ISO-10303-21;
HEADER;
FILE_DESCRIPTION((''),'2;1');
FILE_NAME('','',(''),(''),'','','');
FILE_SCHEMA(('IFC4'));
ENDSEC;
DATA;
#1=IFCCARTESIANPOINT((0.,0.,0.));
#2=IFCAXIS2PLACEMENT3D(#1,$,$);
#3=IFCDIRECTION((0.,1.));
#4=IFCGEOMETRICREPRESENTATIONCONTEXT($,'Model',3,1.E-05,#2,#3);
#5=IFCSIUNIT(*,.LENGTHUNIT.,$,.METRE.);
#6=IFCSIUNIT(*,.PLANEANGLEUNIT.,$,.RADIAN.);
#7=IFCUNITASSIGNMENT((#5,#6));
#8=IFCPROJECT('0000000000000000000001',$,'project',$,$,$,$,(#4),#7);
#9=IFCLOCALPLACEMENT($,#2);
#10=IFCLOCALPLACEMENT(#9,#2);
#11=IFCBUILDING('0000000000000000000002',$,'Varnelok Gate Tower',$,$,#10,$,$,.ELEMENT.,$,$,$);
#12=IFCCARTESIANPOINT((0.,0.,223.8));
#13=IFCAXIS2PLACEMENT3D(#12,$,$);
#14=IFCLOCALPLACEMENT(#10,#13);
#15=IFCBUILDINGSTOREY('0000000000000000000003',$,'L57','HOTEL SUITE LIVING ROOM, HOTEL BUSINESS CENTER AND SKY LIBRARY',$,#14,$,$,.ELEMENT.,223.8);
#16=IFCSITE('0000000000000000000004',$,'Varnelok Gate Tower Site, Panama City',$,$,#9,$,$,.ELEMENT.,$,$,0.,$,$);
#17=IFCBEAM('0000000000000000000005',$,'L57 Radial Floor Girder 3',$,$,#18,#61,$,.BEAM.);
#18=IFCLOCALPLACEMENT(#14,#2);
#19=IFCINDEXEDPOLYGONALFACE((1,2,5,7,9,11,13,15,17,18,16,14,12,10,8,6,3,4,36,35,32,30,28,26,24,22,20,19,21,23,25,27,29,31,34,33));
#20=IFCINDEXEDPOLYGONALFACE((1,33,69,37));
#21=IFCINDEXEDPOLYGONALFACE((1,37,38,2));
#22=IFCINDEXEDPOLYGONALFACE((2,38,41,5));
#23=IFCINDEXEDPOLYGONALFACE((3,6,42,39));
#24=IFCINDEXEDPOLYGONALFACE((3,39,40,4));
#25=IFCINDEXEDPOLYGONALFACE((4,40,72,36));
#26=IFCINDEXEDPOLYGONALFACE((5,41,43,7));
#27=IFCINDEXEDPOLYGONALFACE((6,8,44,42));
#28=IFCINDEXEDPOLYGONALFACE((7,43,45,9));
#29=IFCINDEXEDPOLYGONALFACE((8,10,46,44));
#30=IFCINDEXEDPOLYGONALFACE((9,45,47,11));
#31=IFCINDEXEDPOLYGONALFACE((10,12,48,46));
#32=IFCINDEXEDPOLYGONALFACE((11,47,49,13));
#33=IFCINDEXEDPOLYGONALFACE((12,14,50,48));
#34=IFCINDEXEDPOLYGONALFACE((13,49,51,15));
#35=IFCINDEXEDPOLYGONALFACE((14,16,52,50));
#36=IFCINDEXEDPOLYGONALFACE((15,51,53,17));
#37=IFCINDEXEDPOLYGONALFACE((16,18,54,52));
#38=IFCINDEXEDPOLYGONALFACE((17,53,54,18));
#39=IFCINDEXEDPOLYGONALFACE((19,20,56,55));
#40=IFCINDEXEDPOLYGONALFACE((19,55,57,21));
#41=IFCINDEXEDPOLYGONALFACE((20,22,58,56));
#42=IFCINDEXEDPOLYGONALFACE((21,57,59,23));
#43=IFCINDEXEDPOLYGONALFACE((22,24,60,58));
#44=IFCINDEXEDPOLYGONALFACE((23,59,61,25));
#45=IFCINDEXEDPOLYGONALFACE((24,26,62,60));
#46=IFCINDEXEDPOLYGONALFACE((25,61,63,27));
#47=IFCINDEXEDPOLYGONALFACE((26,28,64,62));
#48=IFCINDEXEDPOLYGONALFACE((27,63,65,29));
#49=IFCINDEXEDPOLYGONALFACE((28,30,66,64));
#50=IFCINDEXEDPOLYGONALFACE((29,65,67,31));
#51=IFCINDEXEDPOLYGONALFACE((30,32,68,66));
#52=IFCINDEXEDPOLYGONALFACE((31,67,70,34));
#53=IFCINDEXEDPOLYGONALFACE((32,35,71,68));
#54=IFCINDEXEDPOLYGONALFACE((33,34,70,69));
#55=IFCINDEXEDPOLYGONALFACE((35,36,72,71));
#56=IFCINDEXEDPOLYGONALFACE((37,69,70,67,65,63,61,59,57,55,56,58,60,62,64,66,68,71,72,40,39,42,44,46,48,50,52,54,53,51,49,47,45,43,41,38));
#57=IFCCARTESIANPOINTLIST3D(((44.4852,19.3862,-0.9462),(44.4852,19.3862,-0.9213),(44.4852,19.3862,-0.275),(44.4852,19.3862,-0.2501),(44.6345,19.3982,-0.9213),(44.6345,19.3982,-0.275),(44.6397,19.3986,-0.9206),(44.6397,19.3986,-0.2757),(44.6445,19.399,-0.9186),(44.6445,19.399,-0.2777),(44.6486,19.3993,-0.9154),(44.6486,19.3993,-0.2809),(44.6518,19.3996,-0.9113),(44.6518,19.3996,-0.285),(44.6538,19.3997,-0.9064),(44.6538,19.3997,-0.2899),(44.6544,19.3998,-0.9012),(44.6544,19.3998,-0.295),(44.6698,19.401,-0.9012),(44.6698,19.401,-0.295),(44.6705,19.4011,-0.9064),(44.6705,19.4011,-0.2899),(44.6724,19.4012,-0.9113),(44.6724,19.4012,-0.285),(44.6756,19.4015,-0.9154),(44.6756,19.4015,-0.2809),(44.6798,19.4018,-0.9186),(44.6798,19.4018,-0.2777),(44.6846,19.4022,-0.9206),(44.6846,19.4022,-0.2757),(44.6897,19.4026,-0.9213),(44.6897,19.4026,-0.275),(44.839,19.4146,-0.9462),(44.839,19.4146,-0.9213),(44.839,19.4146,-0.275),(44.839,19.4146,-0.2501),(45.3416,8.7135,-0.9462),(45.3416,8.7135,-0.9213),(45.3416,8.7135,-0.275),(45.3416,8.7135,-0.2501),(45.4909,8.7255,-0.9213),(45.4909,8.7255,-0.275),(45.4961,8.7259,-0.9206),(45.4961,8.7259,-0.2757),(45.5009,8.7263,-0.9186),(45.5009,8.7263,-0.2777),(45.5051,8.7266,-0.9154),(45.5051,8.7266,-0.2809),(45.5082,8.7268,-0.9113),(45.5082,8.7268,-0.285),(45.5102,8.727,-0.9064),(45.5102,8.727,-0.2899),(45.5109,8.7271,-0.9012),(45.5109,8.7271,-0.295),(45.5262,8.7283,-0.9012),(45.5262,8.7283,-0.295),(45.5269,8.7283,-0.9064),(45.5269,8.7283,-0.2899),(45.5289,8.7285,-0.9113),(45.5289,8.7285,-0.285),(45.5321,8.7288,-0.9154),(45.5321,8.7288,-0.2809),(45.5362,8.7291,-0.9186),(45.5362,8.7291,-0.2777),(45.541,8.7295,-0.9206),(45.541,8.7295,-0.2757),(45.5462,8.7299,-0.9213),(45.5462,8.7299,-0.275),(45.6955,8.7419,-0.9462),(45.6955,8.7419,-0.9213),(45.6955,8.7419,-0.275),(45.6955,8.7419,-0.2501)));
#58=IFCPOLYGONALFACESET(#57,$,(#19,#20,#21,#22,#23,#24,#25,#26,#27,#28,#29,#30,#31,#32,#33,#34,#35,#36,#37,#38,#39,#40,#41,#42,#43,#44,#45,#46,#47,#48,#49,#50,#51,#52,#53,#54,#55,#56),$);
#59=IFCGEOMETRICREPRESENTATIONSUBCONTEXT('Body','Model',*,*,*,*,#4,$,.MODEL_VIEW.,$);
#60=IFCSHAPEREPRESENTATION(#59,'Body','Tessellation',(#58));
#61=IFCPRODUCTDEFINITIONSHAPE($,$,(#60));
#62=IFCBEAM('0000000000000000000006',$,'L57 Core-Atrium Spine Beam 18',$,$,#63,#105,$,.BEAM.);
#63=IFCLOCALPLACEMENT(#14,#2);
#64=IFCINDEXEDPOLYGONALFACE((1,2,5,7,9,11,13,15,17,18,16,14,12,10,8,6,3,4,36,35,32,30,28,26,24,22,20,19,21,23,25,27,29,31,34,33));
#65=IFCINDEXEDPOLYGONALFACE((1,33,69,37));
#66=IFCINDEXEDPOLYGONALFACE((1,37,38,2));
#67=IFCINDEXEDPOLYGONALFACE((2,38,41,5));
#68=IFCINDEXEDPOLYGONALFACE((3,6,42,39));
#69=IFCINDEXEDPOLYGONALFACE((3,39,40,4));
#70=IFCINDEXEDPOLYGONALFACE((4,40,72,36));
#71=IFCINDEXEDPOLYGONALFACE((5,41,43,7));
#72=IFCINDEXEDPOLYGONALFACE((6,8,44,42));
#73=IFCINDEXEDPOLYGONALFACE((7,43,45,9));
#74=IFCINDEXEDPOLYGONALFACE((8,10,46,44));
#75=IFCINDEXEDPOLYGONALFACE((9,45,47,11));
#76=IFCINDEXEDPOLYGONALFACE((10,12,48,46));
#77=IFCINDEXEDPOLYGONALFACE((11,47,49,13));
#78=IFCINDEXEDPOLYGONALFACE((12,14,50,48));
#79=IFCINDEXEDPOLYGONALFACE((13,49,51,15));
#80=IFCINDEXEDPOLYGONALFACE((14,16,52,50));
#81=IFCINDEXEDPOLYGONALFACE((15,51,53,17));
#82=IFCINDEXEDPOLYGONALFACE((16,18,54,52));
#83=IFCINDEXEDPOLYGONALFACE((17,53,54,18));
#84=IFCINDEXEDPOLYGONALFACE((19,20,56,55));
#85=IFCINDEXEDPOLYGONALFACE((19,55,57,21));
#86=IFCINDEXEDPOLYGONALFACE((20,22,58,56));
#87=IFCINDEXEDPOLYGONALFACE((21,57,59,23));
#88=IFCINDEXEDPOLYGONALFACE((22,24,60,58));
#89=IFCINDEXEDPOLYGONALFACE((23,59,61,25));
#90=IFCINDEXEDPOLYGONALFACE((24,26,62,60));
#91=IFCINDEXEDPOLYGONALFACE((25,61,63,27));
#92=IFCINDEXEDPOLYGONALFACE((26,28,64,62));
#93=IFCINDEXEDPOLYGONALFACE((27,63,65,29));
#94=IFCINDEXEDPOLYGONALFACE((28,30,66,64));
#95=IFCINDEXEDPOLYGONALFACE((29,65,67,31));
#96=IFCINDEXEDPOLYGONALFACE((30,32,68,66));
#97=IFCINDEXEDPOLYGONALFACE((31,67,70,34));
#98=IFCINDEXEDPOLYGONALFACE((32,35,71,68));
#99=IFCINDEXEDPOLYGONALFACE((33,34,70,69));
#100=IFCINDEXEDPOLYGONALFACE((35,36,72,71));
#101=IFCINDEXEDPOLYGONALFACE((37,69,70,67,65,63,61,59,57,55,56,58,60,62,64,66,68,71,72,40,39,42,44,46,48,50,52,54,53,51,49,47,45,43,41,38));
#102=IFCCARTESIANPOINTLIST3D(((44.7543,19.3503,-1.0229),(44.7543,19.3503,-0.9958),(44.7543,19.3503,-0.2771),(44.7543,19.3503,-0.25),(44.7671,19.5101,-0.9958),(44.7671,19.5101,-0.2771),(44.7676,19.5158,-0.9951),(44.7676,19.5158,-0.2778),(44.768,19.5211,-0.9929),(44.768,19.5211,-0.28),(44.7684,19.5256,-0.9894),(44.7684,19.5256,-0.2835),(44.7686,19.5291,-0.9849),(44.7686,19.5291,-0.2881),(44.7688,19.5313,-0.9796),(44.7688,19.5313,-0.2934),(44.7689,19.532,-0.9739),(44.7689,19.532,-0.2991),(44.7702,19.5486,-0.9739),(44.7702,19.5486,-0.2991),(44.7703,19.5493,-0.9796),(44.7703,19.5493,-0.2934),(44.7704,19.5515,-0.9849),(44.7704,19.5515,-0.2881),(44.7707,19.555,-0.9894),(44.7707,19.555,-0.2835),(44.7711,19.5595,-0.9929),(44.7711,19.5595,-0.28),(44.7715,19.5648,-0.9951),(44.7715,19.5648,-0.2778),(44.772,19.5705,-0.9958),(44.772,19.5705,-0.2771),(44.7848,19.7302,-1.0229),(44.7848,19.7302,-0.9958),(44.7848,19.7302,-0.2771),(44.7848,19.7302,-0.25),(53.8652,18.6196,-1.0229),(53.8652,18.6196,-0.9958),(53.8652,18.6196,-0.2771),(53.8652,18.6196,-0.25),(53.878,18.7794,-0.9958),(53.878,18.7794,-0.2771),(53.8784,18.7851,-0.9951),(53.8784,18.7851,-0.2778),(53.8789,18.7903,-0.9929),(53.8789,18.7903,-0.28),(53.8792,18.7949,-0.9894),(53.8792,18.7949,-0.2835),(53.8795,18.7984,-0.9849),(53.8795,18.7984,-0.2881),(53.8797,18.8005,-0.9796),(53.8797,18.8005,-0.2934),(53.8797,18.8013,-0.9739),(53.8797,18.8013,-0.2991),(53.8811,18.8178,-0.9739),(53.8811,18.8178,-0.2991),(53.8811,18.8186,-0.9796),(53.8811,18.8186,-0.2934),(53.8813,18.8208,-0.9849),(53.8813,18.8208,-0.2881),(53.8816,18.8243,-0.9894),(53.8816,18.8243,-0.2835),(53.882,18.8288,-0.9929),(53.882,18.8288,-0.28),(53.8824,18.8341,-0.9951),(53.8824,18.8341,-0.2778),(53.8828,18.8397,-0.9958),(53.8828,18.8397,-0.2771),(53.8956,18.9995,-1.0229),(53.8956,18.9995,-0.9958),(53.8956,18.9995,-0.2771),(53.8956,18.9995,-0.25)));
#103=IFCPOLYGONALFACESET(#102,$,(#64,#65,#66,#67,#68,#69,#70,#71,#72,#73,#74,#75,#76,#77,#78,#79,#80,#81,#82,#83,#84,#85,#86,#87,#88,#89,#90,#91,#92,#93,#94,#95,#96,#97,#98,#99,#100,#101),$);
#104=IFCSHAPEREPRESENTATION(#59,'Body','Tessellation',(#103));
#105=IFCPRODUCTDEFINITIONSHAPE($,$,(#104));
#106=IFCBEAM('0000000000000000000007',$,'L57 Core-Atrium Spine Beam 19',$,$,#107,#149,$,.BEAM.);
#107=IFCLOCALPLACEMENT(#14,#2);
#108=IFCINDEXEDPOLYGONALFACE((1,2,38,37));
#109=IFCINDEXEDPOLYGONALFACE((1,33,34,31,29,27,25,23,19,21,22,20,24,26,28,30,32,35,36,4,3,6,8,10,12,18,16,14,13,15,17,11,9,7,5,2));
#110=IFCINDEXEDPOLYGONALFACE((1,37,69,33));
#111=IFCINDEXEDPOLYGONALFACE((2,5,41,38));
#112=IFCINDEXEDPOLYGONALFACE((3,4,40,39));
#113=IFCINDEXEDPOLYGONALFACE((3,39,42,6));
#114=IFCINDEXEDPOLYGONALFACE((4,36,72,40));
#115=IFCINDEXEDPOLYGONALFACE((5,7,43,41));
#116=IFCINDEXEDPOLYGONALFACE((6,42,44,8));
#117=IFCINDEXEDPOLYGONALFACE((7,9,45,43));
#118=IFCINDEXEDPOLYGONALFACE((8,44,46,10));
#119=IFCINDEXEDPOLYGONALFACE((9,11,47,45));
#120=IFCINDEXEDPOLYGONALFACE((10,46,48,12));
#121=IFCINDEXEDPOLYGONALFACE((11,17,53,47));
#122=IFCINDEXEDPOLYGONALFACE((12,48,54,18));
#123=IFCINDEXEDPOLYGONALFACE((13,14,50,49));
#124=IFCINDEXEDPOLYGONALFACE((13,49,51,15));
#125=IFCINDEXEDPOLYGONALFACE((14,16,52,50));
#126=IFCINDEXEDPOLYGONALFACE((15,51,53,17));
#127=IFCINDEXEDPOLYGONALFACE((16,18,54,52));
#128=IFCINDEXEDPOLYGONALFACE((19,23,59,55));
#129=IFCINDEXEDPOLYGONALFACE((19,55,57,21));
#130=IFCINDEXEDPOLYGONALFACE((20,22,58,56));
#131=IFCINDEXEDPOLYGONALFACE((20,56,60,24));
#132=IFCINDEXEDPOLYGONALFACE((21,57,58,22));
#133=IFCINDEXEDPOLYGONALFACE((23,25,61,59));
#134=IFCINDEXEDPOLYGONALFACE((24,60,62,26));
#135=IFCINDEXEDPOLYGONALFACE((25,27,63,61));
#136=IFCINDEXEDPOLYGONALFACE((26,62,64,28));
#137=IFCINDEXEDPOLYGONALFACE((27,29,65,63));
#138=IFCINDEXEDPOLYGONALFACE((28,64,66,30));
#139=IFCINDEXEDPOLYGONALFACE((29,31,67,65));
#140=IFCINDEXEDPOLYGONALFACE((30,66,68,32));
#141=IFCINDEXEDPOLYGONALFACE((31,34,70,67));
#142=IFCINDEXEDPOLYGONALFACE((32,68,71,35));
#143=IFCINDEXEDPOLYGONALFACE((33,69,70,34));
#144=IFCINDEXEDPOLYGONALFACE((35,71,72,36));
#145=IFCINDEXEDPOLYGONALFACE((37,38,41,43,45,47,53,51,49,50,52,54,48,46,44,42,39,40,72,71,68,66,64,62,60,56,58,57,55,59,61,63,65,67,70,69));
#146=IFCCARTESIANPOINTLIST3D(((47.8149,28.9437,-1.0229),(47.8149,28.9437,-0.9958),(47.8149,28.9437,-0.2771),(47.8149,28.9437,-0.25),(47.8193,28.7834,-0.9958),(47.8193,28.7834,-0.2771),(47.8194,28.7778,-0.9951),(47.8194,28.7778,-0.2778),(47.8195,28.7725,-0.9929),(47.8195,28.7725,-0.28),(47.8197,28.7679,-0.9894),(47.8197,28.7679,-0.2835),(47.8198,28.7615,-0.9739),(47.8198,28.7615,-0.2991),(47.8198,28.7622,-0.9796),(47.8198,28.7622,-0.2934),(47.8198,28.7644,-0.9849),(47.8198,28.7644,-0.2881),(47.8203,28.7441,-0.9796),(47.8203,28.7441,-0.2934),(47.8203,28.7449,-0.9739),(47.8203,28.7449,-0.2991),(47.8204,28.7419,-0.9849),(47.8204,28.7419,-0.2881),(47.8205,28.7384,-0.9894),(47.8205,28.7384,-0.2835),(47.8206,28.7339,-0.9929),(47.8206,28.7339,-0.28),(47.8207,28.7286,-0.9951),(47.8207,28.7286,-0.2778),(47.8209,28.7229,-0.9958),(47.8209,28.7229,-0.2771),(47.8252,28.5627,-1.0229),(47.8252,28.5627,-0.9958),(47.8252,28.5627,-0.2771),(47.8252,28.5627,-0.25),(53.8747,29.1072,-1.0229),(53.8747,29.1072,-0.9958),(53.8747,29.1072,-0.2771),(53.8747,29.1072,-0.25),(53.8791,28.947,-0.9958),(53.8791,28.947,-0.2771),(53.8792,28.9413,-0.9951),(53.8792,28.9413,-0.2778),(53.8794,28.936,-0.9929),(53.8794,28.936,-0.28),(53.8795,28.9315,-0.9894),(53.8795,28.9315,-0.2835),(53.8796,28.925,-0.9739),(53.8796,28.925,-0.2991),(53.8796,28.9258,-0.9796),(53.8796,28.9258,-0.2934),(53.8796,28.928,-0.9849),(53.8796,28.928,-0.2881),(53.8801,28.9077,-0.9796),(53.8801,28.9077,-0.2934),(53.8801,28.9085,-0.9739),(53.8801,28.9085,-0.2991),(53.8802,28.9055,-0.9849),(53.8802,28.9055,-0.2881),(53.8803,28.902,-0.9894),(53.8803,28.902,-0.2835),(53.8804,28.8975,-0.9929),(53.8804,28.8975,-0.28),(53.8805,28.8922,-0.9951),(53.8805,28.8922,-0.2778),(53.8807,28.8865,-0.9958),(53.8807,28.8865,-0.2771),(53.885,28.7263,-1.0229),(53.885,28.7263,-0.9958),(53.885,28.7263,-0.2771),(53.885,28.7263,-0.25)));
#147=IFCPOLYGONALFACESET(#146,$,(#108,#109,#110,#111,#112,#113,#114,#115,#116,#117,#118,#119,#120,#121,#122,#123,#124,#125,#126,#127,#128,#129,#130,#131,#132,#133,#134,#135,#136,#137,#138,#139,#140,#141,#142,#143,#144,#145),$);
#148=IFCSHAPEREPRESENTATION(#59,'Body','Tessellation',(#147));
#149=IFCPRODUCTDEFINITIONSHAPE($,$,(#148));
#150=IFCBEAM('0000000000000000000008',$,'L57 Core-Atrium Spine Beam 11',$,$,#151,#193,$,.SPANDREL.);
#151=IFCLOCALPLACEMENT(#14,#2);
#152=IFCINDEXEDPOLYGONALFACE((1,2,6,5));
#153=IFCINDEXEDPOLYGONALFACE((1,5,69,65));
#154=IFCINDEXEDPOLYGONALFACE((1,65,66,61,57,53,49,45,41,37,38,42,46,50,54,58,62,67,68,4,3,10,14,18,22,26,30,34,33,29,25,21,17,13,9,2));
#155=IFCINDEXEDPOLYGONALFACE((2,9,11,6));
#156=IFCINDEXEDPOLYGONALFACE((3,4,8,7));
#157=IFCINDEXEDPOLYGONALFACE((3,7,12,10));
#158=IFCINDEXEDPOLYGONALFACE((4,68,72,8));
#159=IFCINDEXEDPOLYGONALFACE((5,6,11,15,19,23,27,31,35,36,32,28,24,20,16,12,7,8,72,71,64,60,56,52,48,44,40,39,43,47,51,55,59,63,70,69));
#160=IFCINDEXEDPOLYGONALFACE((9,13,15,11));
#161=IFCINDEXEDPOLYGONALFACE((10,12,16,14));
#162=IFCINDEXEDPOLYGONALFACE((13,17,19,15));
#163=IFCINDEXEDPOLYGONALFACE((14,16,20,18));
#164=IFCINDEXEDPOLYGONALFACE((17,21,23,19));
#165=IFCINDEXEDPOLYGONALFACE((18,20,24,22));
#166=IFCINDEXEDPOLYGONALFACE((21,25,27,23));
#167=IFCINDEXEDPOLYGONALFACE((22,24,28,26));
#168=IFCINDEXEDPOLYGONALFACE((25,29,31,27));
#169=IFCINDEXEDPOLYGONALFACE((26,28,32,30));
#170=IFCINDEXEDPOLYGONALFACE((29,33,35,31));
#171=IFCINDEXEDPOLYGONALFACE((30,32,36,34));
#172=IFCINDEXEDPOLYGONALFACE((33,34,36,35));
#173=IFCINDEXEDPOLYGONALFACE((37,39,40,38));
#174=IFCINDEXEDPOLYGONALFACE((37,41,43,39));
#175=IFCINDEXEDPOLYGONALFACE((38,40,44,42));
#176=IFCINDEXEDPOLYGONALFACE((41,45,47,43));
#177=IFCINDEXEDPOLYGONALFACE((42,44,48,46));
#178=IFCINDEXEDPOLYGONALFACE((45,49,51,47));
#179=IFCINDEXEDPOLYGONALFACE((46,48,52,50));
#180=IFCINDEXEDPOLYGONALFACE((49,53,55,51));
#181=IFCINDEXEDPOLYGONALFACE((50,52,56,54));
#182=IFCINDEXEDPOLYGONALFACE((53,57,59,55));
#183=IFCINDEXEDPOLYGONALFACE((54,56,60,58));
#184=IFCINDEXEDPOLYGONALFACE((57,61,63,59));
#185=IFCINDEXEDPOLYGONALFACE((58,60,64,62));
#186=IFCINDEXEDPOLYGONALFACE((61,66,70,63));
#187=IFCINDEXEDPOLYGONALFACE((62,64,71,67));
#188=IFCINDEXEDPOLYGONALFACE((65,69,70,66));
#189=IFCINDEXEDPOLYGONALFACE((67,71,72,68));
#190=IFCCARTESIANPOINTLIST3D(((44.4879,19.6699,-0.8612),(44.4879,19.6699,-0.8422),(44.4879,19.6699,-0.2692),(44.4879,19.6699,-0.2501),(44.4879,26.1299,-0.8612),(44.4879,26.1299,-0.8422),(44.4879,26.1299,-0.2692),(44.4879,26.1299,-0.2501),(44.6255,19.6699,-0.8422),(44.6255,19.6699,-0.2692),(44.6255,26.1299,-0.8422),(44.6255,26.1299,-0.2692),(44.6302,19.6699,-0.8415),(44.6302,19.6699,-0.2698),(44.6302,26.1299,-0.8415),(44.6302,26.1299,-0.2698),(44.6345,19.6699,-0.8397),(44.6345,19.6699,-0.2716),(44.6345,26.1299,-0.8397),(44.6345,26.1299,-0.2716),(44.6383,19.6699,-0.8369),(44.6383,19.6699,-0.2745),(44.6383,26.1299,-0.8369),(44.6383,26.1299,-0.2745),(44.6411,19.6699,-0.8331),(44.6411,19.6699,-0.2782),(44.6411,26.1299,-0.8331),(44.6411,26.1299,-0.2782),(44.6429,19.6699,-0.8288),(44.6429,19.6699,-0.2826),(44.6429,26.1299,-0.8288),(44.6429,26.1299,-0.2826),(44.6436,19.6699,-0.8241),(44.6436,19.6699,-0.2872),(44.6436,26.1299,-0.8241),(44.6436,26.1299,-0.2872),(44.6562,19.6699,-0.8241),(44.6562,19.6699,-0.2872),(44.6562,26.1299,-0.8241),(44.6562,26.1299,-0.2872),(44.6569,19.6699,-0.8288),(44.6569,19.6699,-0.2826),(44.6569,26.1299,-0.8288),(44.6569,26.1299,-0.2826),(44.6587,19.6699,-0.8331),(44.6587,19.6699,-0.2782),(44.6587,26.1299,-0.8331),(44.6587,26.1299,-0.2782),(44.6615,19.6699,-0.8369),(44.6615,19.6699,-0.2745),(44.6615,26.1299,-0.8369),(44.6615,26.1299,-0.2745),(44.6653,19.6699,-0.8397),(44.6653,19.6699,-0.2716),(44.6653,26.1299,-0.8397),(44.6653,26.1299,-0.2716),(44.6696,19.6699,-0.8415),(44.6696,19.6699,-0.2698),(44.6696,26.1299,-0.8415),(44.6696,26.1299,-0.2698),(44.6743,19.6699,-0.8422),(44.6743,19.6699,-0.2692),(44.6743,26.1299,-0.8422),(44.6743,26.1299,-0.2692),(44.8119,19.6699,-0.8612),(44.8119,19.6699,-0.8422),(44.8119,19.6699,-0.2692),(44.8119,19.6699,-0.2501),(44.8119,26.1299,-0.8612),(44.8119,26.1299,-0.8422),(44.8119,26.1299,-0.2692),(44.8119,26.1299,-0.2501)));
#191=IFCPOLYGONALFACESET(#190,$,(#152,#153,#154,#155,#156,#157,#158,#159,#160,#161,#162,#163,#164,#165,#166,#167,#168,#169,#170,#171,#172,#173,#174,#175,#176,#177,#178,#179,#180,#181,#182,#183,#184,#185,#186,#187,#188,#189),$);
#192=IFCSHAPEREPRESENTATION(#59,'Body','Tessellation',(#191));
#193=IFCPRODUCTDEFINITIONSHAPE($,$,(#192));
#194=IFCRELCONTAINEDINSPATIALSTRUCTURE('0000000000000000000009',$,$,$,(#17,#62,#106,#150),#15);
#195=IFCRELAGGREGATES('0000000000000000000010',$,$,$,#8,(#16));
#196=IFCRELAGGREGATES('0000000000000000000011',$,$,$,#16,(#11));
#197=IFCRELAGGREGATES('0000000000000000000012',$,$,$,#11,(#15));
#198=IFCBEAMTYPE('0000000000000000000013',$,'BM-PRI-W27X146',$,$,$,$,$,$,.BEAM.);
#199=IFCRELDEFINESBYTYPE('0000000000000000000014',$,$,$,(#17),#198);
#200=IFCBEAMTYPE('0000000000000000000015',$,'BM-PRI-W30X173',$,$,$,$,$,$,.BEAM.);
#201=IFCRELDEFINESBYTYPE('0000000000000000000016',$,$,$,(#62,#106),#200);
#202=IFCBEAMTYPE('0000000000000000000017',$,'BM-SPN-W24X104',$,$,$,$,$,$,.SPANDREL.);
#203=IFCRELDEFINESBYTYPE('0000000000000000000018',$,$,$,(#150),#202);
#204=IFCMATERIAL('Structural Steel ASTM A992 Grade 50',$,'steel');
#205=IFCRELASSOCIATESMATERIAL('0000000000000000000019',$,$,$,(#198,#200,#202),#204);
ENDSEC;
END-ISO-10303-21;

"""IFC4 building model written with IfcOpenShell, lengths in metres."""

from ifc_helpers import new_model, si_unit, direction, frame, origin, origin_2d, place, context, subcontext, project, spatial, i_section, extrude, material, material_profile, profile_set, type_object, element, save


model = new_model("IFC4")

# Units and contexts
model_context = context("Model", 3, precision=1e-05, world=origin(), true_north=direction((0.0, 1.0)))
body_context = subcontext(model_context, "Body", "Model", "MODEL_VIEW")
ifc_project = project(units=[si_unit("LENGTHUNIT", "METRE"), si_unit("PLANEANGLEUNIT", "RADIAN")], contexts=[model_context])

# Site, building, storey
site_placement = place(None, origin())
site = spatial("IfcSite", under=ifc_project, at=site_placement, Name="Varnelok Gate Tower Site, Panama City", CompositionType="ELEMENT", RefElevation=0.0)
building_placement = place(site_placement, origin())
building = spatial("IfcBuilding", under=site, at=building_placement, Name="Varnelok Gate Tower", CompositionType="ELEMENT")
storey_placement = place(building_placement, frame((0.0, 0.0, 223.8)))
storey = spatial("IfcBuildingStorey", under=building, at=storey_placement, Name="L57", Description="HOTEL SUITE LIVING ROOM, HOTEL BUSINESS CENTER AND SKY LIBRARY", CompositionType="ELEMENT", Elevation=223.8)

# Shared definitions
ifc_material_1 = material(Name="Structural Steel ASTM A992 Grade 50", Category="steel")

# Beams
ifc_material_profile_1 = material_profile(ifc_material_1, i_section(OverallWidth=0.355, OverallDepth=0.696, WebThickness=0.0154, FlangeThickness=0.0249, FilletRadius=0.02, at=origin_2d()), Name="W27X146")
ifc_profile_set_1 = profile_set([ifc_material_profile_1], Name="Structural Steel ASTM A992 Grade 50")
beam_type_1 = type_object("IfcBeamType", Name="BM-PRI-W27X146", PredefinedType="BEAM", material=ifc_profile_set_1)
beam_1_placement = place(storey_placement, frame((44.6621, 19.4004, -0.5981), z_axis=(0.07999, -0.996796, 0.0), x_axis=(0.996796, 0.07999, 0.0)))
element("IfcBeam", 1, at=beam_1_placement, inside=storey, type_object=beam_type_1, Name="L57 Radial Floor Girder 3", PredefinedType="BEAM", context=body_context, shape_type="SweptSolid", body=[
    extrude(i_section(OverallWidth=0.355, OverallDepth=0.696, WebThickness=0.0154, FlangeThickness=0.0249, FilletRadius=0.02, at=origin_2d()), origin(), (0.0, 0.0, 1.0), 10.707),
])
ifc_material_profile_2 = material_profile(ifc_material_1, i_section(OverallWidth=0.3811, OverallDepth=0.7729, WebThickness=0.0166, FlangeThickness=0.0271, FilletRadius=0.022, at=origin_2d()), Name="W30X173")
ifc_profile_set_2 = profile_set([ifc_material_profile_2], Name="Structural Steel ASTM A992 Grade 50")
beam_type_2 = type_object("IfcBeamType", Name="BM-PRI-W30X173", PredefinedType="BEAM", material=ifc_profile_set_2)
beam_2_placement = place(storey_placement, frame((44.7695, 19.5403, -0.6365), z_axis=(0.996799, -0.079946, 0.0), x_axis=(0.079946, 0.996799, 0.0)))
element("IfcBeam", 2, at=beam_2_placement, inside=storey, type_object=beam_type_2, Name="L57 Core-Atrium Spine Beam 18", PredefinedType="BEAM", context=body_context, shape_type="SweptSolid", body=[
    extrude(i_section(OverallWidth=0.3811, OverallDepth=0.7729, WebThickness=0.0166, FlangeThickness=0.0271, FilletRadius=0.022, at=origin_2d()), origin(), (0.0, 0.0, 1.0), 9.1401),
])
beam_3_placement = place(storey_placement, frame((47.8201, 28.7532, -0.6365), z_axis=(0.999636, 0.026983, 0.0), x_axis=(-0.026983, 0.999636, 0.0)))
element("IfcBeam", 3, at=beam_3_placement, inside=storey, type_object=beam_type_2, Name="L57 Core-Atrium Spine Beam 19", PredefinedType="BEAM", context=body_context, shape_type="SweptSolid", body=[
    extrude(i_section(OverallWidth=0.3811, OverallDepth=0.7729, WebThickness=0.0166, FlangeThickness=0.0271, FilletRadius=0.022, at=origin_2d()), origin(), (0.0, 0.0, 1.0), 6.062),
])
ifc_material_profile_3 = material_profile(ifc_material_1, i_section(OverallWidth=0.324, OverallDepth=0.6111, WebThickness=0.0127, FlangeThickness=0.019, FilletRadius=0.0181, at=origin_2d()), Name="W24X104")
ifc_profile_set_3 = profile_set([ifc_material_profile_3], Name="Structural Steel ASTM A992 Grade 50")
beam_type_3 = type_object("IfcBeamType", Name="BM-SPN-W24X104", PredefinedType="SPANDREL", material=ifc_profile_set_3)
beam_4_placement = place(storey_placement, frame((44.6499, 19.6699, -0.5557), z_axis=(0.0, 1.0, 0.0), x_axis=(-1.0, 0.0, 0.0)))
element("IfcBeam", 4, at=beam_4_placement, inside=storey, type_object=beam_type_3, Name="L57 Core-Atrium Spine Beam 11", PredefinedType="SPANDREL", context=body_context, shape_type="SweptSolid", body=[
    extrude(i_section(OverallWidth=0.324, OverallDepth=0.6111, WebThickness=0.0127, FlangeThickness=0.019, FilletRadius=0.0181, at=origin_2d()), origin(), (0.0, 0.0, 1.0), 6.46),
])

save(model, "model.ifc")
